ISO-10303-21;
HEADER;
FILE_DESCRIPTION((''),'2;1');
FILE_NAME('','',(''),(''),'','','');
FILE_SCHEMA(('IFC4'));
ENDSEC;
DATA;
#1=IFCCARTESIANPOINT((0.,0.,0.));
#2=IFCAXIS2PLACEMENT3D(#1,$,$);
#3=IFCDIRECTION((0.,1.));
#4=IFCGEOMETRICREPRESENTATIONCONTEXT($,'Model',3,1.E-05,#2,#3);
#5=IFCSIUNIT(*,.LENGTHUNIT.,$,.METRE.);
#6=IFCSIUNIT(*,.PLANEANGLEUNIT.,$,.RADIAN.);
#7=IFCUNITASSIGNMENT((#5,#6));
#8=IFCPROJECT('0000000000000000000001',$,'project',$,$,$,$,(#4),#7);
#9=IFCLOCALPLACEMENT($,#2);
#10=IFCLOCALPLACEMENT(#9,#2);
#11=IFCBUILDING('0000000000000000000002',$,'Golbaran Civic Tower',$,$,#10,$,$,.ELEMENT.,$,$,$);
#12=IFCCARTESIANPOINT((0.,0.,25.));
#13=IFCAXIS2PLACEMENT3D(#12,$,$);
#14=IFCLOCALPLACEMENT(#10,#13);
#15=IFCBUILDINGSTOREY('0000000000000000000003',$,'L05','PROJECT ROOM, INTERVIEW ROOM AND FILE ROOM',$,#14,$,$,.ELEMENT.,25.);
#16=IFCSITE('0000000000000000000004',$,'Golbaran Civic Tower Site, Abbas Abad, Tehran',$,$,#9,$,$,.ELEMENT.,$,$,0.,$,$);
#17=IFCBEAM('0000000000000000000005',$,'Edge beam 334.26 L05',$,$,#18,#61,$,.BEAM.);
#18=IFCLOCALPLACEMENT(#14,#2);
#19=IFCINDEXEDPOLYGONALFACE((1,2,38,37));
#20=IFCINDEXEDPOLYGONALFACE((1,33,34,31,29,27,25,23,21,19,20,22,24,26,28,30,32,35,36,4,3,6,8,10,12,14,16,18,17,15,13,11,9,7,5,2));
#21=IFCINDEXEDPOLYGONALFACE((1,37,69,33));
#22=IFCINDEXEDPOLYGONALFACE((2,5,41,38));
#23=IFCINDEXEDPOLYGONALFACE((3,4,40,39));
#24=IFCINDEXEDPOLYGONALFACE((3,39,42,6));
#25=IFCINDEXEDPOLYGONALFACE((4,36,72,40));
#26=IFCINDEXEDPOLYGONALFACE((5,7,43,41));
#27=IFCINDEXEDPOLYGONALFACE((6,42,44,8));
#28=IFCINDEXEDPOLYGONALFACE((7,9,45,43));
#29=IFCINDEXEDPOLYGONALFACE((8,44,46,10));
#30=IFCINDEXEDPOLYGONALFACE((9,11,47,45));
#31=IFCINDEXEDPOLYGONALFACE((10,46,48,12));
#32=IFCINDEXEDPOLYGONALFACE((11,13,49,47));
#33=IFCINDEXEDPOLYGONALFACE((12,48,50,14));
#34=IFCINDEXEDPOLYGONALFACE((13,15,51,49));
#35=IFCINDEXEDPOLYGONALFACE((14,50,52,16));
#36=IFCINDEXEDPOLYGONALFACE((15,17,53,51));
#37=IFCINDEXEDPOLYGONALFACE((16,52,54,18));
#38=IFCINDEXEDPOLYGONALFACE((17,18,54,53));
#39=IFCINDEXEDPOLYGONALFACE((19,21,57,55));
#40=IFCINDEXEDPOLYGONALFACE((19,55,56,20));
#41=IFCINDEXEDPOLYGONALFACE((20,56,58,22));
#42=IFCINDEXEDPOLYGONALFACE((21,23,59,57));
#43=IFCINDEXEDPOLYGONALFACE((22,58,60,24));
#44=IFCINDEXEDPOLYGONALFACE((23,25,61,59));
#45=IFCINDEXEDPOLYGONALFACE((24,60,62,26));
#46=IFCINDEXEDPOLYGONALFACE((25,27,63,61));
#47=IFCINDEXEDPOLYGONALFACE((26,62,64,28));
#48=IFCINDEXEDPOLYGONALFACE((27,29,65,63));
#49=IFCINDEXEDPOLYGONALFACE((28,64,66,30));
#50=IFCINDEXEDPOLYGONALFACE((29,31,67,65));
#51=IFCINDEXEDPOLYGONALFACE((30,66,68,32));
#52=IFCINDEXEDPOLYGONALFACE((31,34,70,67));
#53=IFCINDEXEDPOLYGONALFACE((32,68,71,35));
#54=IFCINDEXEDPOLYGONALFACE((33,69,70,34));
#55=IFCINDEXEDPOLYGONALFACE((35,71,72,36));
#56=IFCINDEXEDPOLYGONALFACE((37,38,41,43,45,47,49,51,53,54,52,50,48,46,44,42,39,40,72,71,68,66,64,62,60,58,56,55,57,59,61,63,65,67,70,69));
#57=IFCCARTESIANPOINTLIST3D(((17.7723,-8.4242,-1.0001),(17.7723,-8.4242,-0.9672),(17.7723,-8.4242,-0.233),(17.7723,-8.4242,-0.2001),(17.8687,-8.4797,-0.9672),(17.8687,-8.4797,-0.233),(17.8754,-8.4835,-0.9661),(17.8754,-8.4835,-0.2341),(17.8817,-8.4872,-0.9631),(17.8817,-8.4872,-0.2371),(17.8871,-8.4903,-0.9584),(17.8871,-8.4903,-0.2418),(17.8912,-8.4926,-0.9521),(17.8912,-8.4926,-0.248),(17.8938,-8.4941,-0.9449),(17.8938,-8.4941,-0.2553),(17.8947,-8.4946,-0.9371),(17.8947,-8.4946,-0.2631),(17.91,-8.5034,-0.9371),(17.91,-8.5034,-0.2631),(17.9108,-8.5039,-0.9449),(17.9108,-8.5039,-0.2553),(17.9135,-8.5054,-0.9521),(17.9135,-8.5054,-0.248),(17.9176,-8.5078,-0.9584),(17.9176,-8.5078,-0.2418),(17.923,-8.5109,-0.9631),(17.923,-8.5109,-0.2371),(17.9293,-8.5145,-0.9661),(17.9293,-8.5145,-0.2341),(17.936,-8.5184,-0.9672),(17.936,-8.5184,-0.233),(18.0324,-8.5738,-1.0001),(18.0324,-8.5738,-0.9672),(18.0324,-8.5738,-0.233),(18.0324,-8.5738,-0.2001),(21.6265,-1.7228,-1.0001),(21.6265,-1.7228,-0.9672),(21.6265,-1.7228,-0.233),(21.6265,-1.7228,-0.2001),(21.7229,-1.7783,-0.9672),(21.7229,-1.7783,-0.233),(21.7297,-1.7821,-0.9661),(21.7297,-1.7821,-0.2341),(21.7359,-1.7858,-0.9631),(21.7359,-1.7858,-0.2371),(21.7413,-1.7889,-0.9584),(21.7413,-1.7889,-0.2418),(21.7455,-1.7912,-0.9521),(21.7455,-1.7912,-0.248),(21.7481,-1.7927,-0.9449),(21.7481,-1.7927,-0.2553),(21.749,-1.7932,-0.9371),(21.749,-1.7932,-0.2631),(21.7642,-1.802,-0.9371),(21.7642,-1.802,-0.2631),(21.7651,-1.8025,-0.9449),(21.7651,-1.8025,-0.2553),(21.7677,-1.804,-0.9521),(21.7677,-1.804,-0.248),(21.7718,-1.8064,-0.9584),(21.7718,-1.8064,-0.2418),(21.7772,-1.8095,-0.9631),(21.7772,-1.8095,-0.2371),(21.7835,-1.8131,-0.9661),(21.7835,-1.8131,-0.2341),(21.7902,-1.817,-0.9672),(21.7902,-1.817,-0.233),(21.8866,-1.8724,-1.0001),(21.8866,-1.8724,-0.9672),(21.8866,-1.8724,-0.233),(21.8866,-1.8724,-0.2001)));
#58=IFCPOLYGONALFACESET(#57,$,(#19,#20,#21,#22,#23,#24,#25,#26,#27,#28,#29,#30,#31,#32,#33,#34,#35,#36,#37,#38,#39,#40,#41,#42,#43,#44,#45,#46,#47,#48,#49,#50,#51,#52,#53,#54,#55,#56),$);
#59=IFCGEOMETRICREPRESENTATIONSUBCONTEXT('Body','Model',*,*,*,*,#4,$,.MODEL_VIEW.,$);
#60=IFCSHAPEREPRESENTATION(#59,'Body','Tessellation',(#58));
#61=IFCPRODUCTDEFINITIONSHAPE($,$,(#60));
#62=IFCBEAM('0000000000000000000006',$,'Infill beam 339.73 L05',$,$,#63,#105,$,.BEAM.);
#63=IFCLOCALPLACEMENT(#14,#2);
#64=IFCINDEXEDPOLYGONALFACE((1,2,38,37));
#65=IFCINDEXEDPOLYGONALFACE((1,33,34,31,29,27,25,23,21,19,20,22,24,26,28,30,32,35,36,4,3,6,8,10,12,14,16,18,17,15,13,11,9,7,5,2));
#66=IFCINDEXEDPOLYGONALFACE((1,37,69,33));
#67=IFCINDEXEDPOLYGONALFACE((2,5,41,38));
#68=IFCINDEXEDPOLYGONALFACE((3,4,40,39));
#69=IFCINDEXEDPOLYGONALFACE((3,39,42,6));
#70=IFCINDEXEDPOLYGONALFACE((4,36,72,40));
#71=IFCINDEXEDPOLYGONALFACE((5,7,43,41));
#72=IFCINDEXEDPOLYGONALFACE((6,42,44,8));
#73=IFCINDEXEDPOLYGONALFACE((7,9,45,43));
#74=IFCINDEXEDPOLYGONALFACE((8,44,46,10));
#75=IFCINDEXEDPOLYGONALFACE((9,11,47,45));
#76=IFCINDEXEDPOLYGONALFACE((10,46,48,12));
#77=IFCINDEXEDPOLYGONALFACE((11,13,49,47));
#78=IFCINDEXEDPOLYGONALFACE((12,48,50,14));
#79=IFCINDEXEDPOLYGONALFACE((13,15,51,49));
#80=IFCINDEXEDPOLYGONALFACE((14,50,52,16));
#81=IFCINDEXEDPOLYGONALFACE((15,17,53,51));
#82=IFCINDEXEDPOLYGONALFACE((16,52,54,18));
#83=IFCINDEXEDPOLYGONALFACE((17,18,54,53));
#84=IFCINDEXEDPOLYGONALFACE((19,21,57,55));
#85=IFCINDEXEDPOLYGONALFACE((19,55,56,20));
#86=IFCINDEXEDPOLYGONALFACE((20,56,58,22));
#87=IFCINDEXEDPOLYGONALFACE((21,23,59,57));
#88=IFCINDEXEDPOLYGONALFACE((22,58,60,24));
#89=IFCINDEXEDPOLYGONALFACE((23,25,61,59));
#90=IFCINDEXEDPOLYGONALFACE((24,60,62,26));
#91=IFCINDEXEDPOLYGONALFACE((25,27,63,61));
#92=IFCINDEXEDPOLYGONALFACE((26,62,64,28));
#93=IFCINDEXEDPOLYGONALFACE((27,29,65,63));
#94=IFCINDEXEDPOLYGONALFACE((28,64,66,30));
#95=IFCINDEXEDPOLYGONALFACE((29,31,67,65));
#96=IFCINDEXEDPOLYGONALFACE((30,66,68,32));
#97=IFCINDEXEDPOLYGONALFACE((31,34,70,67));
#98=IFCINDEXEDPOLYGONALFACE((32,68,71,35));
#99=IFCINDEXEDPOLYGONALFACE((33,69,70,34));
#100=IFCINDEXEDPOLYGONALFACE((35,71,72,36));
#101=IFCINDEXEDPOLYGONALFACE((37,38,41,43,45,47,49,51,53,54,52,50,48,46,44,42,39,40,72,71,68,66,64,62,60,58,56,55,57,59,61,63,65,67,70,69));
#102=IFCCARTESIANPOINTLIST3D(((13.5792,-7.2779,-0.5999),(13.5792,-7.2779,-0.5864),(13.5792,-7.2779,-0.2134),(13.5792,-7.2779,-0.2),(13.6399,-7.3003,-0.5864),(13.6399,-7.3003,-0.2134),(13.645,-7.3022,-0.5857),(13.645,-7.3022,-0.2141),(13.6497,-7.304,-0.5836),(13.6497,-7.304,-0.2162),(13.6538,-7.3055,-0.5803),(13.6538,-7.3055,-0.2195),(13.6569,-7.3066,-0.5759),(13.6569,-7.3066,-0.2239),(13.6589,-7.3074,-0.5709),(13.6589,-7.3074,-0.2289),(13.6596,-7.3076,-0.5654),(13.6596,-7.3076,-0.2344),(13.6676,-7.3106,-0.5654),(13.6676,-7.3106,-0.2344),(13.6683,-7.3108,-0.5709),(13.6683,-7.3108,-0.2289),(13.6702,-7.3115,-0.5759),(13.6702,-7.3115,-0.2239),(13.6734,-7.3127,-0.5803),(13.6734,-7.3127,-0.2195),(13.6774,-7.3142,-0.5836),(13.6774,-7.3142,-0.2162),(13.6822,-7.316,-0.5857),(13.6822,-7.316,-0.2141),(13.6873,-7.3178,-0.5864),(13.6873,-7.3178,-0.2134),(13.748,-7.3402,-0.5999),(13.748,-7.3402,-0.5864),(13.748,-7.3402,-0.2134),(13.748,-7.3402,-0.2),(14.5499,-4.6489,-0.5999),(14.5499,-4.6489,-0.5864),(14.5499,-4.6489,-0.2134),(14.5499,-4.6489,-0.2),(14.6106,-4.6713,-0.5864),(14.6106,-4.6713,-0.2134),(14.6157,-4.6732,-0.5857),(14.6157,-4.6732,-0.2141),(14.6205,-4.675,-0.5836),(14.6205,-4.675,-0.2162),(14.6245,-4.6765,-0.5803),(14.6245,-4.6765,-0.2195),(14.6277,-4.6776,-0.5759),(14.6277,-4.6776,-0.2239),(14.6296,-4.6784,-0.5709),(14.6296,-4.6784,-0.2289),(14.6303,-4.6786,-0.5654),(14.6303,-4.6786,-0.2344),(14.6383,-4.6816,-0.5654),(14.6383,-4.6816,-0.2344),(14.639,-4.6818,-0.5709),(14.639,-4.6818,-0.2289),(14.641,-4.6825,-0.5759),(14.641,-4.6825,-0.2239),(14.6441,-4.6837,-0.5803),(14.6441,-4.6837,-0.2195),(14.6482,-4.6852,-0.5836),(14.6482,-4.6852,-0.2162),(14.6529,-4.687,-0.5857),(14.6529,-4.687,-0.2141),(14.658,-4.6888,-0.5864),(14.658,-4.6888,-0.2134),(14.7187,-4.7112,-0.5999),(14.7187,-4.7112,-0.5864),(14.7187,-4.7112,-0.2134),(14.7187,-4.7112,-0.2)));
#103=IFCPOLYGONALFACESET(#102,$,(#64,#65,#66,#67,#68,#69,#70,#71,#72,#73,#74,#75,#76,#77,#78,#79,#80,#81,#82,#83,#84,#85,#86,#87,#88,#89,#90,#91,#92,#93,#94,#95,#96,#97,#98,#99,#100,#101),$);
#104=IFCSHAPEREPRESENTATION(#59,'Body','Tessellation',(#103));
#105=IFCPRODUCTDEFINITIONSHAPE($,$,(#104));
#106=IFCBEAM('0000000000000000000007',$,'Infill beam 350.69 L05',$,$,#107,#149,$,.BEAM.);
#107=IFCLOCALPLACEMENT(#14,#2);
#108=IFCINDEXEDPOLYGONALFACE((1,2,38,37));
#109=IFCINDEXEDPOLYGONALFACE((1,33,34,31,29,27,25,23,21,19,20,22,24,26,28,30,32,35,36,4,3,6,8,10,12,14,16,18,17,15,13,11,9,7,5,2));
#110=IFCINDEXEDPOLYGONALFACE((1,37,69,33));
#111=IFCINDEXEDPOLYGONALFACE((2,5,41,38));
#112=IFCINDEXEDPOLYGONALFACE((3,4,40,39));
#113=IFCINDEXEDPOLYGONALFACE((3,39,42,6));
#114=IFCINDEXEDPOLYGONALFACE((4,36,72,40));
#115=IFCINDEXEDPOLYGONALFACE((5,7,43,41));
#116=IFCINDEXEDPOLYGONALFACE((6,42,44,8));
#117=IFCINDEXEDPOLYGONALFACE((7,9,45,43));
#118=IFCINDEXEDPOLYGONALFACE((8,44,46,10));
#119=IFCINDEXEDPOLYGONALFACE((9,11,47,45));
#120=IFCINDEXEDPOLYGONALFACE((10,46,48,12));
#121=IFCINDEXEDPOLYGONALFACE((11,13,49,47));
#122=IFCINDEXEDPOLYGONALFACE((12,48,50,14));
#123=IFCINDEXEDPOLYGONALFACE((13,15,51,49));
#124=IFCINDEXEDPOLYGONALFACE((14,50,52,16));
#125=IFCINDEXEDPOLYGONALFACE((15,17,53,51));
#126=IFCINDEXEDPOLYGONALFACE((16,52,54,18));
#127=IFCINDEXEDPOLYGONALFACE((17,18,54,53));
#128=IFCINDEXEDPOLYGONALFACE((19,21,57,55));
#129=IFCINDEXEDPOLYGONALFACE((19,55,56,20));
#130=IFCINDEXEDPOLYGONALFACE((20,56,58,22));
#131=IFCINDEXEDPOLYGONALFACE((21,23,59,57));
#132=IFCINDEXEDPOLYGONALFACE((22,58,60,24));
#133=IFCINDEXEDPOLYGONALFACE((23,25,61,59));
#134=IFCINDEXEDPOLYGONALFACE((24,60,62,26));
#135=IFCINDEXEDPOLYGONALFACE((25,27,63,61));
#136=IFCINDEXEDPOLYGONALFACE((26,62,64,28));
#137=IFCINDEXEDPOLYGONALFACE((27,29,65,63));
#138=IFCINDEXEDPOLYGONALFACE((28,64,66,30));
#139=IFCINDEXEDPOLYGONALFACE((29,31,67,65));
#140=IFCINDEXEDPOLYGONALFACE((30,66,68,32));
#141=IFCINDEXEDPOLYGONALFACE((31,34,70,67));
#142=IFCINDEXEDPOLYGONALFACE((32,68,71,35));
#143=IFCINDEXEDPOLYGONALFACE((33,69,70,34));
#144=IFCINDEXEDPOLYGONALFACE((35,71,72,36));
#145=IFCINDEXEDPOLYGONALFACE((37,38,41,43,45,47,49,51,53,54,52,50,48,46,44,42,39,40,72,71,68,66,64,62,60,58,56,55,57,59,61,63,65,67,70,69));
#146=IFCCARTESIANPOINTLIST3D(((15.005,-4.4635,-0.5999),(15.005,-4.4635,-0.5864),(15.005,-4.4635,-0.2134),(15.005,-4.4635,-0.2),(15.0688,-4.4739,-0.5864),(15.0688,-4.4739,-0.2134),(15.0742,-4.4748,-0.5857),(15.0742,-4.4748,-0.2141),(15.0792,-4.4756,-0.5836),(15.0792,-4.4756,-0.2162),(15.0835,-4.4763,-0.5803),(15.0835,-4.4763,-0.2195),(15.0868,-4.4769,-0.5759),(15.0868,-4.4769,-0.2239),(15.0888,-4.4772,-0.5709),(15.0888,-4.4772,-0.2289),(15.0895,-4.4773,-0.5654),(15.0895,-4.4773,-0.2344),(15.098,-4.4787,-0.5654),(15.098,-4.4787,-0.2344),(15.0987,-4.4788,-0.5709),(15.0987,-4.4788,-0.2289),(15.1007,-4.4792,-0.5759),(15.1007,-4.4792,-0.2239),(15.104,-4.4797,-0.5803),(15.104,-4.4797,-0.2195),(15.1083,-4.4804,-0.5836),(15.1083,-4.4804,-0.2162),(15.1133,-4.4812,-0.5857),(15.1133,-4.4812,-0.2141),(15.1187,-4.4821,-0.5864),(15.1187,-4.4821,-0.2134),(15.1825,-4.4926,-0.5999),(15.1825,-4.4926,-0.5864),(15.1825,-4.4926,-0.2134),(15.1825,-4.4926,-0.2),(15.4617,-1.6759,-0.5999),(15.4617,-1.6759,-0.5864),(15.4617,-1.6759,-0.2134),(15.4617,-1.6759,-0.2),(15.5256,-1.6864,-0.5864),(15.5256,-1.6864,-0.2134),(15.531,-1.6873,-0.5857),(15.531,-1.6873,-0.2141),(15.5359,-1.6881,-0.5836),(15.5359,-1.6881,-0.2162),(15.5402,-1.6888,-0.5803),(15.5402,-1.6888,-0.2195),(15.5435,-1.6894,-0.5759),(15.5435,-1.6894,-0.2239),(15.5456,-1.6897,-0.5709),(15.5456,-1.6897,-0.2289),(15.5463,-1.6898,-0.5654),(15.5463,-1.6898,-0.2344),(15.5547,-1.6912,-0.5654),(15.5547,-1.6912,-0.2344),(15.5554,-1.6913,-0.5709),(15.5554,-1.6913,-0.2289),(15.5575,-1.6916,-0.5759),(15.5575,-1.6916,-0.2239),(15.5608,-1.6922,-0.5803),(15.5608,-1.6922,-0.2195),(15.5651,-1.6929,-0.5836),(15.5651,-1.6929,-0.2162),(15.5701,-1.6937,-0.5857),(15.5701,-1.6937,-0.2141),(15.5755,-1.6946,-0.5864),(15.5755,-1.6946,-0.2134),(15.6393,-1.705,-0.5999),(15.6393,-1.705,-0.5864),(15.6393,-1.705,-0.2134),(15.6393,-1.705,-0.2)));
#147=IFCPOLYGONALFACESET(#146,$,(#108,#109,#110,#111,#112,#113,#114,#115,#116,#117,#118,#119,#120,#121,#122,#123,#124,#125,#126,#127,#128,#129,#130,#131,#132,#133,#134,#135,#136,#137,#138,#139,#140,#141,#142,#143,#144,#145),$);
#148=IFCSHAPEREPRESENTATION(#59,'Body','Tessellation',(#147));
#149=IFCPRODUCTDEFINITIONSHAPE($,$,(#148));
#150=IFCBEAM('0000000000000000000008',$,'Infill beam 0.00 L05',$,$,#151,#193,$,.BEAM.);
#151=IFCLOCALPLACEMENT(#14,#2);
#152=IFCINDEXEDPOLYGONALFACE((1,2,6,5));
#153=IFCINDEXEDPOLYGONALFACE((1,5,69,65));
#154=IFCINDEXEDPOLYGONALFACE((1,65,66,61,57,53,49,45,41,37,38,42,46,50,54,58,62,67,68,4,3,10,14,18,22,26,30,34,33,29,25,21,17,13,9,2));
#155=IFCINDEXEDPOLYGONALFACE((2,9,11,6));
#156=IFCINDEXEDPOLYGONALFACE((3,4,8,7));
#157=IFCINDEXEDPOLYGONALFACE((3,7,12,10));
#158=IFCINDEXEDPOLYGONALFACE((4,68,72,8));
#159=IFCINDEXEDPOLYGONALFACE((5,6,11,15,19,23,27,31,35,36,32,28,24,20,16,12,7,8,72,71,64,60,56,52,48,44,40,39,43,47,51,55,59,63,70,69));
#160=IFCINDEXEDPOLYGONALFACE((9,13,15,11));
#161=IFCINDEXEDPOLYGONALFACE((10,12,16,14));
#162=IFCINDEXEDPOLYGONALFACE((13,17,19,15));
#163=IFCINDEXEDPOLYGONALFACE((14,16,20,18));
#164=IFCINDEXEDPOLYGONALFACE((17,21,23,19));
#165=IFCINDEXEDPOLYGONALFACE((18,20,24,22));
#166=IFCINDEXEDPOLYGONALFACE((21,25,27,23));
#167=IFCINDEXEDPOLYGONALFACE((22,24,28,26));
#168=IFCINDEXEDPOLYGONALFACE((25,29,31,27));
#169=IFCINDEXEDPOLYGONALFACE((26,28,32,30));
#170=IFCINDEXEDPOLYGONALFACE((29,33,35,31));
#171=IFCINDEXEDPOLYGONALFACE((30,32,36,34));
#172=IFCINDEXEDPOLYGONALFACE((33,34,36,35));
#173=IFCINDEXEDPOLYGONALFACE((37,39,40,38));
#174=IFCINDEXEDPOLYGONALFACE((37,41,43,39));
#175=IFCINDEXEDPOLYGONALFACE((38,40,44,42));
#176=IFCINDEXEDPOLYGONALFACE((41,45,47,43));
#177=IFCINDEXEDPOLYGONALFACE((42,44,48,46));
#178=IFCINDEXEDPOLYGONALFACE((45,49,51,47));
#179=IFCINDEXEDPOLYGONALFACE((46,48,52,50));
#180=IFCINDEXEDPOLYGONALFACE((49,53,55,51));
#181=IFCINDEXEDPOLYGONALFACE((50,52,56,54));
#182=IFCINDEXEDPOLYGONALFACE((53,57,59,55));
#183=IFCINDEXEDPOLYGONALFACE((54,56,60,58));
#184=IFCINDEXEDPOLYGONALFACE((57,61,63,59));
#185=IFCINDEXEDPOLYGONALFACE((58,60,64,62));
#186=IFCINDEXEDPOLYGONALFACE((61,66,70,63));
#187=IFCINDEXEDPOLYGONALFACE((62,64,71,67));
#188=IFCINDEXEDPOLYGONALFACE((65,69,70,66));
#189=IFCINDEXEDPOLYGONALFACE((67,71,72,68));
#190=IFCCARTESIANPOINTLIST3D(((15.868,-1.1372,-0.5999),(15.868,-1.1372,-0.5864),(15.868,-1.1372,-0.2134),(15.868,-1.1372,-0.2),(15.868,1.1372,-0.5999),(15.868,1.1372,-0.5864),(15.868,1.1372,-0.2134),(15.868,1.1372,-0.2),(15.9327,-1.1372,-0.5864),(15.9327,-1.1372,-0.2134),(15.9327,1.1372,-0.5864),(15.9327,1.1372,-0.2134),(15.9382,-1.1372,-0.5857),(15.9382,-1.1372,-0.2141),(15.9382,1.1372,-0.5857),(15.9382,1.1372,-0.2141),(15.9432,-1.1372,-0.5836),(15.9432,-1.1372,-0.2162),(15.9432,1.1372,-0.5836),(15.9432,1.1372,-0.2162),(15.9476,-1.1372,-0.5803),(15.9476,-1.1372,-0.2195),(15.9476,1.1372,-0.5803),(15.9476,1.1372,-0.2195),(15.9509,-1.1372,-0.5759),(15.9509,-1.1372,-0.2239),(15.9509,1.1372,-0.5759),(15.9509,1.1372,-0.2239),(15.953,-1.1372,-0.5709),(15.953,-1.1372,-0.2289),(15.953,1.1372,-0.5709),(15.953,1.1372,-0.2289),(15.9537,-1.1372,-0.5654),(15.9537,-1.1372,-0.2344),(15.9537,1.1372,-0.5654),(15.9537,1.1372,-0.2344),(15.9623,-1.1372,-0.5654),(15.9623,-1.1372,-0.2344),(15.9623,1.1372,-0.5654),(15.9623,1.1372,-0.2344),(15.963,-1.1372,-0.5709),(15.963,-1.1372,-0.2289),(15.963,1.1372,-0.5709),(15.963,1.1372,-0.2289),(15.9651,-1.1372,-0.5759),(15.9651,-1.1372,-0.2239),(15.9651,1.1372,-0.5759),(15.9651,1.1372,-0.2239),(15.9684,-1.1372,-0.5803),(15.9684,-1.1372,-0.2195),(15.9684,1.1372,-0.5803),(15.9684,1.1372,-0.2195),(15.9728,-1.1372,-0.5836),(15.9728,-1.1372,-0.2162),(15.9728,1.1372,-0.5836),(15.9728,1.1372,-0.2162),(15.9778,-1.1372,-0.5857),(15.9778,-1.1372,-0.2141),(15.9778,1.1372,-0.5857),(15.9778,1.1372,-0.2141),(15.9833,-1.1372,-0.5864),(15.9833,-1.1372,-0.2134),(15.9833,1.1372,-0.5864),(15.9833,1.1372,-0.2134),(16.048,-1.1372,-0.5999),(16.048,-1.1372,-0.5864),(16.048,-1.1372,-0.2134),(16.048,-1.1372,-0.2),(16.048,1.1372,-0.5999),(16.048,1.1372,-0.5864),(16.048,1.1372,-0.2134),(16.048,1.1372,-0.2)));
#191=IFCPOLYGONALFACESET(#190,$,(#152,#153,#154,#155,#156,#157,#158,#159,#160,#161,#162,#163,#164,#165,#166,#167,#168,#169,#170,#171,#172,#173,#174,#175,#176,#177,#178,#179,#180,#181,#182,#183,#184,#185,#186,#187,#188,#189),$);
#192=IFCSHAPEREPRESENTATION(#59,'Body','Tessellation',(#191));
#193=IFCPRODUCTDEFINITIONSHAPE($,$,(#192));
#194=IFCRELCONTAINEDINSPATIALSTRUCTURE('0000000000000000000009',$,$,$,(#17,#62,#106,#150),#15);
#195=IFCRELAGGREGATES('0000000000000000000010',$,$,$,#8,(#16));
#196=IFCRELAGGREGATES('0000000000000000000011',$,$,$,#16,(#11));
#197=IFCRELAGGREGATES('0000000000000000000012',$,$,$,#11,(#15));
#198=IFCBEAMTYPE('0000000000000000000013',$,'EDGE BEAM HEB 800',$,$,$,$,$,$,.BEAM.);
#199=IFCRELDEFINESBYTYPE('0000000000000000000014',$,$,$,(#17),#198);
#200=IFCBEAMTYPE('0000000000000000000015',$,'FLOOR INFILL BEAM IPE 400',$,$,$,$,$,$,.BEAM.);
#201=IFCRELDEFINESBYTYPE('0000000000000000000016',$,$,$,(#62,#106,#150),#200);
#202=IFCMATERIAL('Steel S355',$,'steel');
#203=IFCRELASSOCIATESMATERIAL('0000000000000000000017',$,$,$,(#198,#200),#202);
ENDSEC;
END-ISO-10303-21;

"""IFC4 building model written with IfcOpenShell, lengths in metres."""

from ifc_helpers import new_model, si_unit, direction, frame, origin, origin_2d, place, context, subcontext, project, spatial, i_section, extrude, material, material_profile, profile_set, type_object, element, save


model = new_model("IFC4")

# Units and contexts
model_context = context("Model", 3, precision=1e-05, world=origin(), true_north=direction((0.0, 1.0)))
body_context = subcontext(model_context, "Body", "Model", "MODEL_VIEW")
ifc_project = project(units=[si_unit("LENGTHUNIT", "METRE"), si_unit("PLANEANGLEUNIT", "RADIAN")], contexts=[model_context])

# Site, building, storey
site_placement = place(None, origin())
site = spatial("IfcSite", under=ifc_project, at=site_placement, Name="Golbaran Civic Tower Site, Abbas Abad, Tehran", CompositionType="ELEMENT", RefElevation=0.0)
building_placement = place(site_placement, origin())
building = spatial("IfcBuilding", under=site, at=building_placement, Name="Golbaran Civic Tower", CompositionType="ELEMENT")
storey_placement = place(building_placement, frame((0.0, 0.0, 25.0)))
storey = spatial("IfcBuildingStorey", under=building, at=storey_placement, Name="L05", Description="PROJECT ROOM, INTERVIEW ROOM AND FILE ROOM", CompositionType="ELEMENT", Elevation=25.0)

# Beams
ifc_material_1 = material(Name="Steel S355", Category="steel")
ifc_material_profile_1 = material_profile(ifc_material_1, i_section(OverallWidth=0.3, OverallDepth=0.8, WebThickness=0.0176, FlangeThickness=0.033, FilletRadius=0.03, at=origin_2d()), Name="HEB 800")
ifc_profile_set_1 = profile_set([ifc_material_profile_1], Name="Steel S355")
beam_type_1 = type_object("IfcBeamType", Name="EDGE BEAM HEB 800", PredefinedType="BEAM", material=ifc_profile_set_1)
beam_1_placement = place(storey_placement, frame((17.9023, -8.499, -0.6001), z_axis=(0.498562, 0.866854, 0.0), x_axis=(-0.866854, 0.498562, 0.0)))
element("IfcBeam", 1, at=beam_1_placement, inside=storey, type_object=beam_type_1, Name="Edge beam 334.26 L05", PredefinedType="BEAM", context=body_context, shape_type="SweptSolid", body=[
    extrude(i_section(OverallWidth=0.3, OverallDepth=0.8, WebThickness=0.0176, FlangeThickness=0.033, FilletRadius=0.03, at=origin_2d()), origin(), (0.0, 0.0, 1.0), 7.7307),
])
ifc_material_profile_2 = material_profile(ifc_material_1, i_section(OverallWidth=0.1799, OverallDepth=0.3999, WebThickness=0.0085, FlangeThickness=0.0134, FilletRadius=0.021, at=origin_2d()), Name="IPE 400")
ifc_profile_set_2 = profile_set([ifc_material_profile_2], Name="Steel S355")
beam_type_2 = type_object("IfcBeamType", Name="FLOOR INFILL BEAM IPE 400", PredefinedType="BEAM", material=ifc_profile_set_2)
beam_2_placement = place(storey_placement, frame((13.6636, -7.3091, -0.3999), z_axis=(0.346384, 0.938093, 0.0), x_axis=(-0.938093, 0.346384, 0.0)))
element("IfcBeam", 2, at=beam_2_placement, inside=storey, type_object=beam_type_2, Name="Infill beam 339.73 L05", PredefinedType="BEAM", context=body_context, shape_type="SweptSolid", body=[
    extrude(i_section(OverallWidth=0.1799, OverallDepth=0.3999, WebThickness=0.0085, FlangeThickness=0.0134, FilletRadius=0.021, at=origin_2d()), origin(), (0.0, 0.0, 1.0), 2.8025),
])
beam_3_placement = place(storey_placement, frame((15.0938, -4.478, -0.3999), z_axis=(0.161707, 0.986839, 0.0), x_axis=(-0.986839, 0.161707, 0.0)))
element("IfcBeam", 3, at=beam_3_placement, inside=storey, type_object=beam_type_2, Name="Infill beam 350.69 L05", PredefinedType="BEAM", context=body_context, shape_type="SweptSolid", body=[
    extrude(i_section(OverallWidth=0.1799, OverallDepth=0.3999, WebThickness=0.0085, FlangeThickness=0.0134, FilletRadius=0.021, at=origin_2d()), origin(), (0.0, 0.0, 1.0), 2.8247),
])
beam_4_placement = place(storey_placement, frame((15.958, -1.1372, -0.3999), z_axis=(0.0, 1.0, 0.0), x_axis=(-1.0, 0.0, 0.0)))
element("IfcBeam", 4, at=beam_4_placement, inside=storey, type_object=beam_type_2, Name="Infill beam 0.00 L05", PredefinedType="BEAM", context=body_context, shape_type="SweptSolid", body=[
    extrude(i_section(OverallWidth=0.1799, OverallDepth=0.3999, WebThickness=0.0085, FlangeThickness=0.0134, FilletRadius=0.021, at=origin_2d()), origin(), (0.0, 0.0, 1.0), 2.2744),
])

save(model, "model.ifc")
